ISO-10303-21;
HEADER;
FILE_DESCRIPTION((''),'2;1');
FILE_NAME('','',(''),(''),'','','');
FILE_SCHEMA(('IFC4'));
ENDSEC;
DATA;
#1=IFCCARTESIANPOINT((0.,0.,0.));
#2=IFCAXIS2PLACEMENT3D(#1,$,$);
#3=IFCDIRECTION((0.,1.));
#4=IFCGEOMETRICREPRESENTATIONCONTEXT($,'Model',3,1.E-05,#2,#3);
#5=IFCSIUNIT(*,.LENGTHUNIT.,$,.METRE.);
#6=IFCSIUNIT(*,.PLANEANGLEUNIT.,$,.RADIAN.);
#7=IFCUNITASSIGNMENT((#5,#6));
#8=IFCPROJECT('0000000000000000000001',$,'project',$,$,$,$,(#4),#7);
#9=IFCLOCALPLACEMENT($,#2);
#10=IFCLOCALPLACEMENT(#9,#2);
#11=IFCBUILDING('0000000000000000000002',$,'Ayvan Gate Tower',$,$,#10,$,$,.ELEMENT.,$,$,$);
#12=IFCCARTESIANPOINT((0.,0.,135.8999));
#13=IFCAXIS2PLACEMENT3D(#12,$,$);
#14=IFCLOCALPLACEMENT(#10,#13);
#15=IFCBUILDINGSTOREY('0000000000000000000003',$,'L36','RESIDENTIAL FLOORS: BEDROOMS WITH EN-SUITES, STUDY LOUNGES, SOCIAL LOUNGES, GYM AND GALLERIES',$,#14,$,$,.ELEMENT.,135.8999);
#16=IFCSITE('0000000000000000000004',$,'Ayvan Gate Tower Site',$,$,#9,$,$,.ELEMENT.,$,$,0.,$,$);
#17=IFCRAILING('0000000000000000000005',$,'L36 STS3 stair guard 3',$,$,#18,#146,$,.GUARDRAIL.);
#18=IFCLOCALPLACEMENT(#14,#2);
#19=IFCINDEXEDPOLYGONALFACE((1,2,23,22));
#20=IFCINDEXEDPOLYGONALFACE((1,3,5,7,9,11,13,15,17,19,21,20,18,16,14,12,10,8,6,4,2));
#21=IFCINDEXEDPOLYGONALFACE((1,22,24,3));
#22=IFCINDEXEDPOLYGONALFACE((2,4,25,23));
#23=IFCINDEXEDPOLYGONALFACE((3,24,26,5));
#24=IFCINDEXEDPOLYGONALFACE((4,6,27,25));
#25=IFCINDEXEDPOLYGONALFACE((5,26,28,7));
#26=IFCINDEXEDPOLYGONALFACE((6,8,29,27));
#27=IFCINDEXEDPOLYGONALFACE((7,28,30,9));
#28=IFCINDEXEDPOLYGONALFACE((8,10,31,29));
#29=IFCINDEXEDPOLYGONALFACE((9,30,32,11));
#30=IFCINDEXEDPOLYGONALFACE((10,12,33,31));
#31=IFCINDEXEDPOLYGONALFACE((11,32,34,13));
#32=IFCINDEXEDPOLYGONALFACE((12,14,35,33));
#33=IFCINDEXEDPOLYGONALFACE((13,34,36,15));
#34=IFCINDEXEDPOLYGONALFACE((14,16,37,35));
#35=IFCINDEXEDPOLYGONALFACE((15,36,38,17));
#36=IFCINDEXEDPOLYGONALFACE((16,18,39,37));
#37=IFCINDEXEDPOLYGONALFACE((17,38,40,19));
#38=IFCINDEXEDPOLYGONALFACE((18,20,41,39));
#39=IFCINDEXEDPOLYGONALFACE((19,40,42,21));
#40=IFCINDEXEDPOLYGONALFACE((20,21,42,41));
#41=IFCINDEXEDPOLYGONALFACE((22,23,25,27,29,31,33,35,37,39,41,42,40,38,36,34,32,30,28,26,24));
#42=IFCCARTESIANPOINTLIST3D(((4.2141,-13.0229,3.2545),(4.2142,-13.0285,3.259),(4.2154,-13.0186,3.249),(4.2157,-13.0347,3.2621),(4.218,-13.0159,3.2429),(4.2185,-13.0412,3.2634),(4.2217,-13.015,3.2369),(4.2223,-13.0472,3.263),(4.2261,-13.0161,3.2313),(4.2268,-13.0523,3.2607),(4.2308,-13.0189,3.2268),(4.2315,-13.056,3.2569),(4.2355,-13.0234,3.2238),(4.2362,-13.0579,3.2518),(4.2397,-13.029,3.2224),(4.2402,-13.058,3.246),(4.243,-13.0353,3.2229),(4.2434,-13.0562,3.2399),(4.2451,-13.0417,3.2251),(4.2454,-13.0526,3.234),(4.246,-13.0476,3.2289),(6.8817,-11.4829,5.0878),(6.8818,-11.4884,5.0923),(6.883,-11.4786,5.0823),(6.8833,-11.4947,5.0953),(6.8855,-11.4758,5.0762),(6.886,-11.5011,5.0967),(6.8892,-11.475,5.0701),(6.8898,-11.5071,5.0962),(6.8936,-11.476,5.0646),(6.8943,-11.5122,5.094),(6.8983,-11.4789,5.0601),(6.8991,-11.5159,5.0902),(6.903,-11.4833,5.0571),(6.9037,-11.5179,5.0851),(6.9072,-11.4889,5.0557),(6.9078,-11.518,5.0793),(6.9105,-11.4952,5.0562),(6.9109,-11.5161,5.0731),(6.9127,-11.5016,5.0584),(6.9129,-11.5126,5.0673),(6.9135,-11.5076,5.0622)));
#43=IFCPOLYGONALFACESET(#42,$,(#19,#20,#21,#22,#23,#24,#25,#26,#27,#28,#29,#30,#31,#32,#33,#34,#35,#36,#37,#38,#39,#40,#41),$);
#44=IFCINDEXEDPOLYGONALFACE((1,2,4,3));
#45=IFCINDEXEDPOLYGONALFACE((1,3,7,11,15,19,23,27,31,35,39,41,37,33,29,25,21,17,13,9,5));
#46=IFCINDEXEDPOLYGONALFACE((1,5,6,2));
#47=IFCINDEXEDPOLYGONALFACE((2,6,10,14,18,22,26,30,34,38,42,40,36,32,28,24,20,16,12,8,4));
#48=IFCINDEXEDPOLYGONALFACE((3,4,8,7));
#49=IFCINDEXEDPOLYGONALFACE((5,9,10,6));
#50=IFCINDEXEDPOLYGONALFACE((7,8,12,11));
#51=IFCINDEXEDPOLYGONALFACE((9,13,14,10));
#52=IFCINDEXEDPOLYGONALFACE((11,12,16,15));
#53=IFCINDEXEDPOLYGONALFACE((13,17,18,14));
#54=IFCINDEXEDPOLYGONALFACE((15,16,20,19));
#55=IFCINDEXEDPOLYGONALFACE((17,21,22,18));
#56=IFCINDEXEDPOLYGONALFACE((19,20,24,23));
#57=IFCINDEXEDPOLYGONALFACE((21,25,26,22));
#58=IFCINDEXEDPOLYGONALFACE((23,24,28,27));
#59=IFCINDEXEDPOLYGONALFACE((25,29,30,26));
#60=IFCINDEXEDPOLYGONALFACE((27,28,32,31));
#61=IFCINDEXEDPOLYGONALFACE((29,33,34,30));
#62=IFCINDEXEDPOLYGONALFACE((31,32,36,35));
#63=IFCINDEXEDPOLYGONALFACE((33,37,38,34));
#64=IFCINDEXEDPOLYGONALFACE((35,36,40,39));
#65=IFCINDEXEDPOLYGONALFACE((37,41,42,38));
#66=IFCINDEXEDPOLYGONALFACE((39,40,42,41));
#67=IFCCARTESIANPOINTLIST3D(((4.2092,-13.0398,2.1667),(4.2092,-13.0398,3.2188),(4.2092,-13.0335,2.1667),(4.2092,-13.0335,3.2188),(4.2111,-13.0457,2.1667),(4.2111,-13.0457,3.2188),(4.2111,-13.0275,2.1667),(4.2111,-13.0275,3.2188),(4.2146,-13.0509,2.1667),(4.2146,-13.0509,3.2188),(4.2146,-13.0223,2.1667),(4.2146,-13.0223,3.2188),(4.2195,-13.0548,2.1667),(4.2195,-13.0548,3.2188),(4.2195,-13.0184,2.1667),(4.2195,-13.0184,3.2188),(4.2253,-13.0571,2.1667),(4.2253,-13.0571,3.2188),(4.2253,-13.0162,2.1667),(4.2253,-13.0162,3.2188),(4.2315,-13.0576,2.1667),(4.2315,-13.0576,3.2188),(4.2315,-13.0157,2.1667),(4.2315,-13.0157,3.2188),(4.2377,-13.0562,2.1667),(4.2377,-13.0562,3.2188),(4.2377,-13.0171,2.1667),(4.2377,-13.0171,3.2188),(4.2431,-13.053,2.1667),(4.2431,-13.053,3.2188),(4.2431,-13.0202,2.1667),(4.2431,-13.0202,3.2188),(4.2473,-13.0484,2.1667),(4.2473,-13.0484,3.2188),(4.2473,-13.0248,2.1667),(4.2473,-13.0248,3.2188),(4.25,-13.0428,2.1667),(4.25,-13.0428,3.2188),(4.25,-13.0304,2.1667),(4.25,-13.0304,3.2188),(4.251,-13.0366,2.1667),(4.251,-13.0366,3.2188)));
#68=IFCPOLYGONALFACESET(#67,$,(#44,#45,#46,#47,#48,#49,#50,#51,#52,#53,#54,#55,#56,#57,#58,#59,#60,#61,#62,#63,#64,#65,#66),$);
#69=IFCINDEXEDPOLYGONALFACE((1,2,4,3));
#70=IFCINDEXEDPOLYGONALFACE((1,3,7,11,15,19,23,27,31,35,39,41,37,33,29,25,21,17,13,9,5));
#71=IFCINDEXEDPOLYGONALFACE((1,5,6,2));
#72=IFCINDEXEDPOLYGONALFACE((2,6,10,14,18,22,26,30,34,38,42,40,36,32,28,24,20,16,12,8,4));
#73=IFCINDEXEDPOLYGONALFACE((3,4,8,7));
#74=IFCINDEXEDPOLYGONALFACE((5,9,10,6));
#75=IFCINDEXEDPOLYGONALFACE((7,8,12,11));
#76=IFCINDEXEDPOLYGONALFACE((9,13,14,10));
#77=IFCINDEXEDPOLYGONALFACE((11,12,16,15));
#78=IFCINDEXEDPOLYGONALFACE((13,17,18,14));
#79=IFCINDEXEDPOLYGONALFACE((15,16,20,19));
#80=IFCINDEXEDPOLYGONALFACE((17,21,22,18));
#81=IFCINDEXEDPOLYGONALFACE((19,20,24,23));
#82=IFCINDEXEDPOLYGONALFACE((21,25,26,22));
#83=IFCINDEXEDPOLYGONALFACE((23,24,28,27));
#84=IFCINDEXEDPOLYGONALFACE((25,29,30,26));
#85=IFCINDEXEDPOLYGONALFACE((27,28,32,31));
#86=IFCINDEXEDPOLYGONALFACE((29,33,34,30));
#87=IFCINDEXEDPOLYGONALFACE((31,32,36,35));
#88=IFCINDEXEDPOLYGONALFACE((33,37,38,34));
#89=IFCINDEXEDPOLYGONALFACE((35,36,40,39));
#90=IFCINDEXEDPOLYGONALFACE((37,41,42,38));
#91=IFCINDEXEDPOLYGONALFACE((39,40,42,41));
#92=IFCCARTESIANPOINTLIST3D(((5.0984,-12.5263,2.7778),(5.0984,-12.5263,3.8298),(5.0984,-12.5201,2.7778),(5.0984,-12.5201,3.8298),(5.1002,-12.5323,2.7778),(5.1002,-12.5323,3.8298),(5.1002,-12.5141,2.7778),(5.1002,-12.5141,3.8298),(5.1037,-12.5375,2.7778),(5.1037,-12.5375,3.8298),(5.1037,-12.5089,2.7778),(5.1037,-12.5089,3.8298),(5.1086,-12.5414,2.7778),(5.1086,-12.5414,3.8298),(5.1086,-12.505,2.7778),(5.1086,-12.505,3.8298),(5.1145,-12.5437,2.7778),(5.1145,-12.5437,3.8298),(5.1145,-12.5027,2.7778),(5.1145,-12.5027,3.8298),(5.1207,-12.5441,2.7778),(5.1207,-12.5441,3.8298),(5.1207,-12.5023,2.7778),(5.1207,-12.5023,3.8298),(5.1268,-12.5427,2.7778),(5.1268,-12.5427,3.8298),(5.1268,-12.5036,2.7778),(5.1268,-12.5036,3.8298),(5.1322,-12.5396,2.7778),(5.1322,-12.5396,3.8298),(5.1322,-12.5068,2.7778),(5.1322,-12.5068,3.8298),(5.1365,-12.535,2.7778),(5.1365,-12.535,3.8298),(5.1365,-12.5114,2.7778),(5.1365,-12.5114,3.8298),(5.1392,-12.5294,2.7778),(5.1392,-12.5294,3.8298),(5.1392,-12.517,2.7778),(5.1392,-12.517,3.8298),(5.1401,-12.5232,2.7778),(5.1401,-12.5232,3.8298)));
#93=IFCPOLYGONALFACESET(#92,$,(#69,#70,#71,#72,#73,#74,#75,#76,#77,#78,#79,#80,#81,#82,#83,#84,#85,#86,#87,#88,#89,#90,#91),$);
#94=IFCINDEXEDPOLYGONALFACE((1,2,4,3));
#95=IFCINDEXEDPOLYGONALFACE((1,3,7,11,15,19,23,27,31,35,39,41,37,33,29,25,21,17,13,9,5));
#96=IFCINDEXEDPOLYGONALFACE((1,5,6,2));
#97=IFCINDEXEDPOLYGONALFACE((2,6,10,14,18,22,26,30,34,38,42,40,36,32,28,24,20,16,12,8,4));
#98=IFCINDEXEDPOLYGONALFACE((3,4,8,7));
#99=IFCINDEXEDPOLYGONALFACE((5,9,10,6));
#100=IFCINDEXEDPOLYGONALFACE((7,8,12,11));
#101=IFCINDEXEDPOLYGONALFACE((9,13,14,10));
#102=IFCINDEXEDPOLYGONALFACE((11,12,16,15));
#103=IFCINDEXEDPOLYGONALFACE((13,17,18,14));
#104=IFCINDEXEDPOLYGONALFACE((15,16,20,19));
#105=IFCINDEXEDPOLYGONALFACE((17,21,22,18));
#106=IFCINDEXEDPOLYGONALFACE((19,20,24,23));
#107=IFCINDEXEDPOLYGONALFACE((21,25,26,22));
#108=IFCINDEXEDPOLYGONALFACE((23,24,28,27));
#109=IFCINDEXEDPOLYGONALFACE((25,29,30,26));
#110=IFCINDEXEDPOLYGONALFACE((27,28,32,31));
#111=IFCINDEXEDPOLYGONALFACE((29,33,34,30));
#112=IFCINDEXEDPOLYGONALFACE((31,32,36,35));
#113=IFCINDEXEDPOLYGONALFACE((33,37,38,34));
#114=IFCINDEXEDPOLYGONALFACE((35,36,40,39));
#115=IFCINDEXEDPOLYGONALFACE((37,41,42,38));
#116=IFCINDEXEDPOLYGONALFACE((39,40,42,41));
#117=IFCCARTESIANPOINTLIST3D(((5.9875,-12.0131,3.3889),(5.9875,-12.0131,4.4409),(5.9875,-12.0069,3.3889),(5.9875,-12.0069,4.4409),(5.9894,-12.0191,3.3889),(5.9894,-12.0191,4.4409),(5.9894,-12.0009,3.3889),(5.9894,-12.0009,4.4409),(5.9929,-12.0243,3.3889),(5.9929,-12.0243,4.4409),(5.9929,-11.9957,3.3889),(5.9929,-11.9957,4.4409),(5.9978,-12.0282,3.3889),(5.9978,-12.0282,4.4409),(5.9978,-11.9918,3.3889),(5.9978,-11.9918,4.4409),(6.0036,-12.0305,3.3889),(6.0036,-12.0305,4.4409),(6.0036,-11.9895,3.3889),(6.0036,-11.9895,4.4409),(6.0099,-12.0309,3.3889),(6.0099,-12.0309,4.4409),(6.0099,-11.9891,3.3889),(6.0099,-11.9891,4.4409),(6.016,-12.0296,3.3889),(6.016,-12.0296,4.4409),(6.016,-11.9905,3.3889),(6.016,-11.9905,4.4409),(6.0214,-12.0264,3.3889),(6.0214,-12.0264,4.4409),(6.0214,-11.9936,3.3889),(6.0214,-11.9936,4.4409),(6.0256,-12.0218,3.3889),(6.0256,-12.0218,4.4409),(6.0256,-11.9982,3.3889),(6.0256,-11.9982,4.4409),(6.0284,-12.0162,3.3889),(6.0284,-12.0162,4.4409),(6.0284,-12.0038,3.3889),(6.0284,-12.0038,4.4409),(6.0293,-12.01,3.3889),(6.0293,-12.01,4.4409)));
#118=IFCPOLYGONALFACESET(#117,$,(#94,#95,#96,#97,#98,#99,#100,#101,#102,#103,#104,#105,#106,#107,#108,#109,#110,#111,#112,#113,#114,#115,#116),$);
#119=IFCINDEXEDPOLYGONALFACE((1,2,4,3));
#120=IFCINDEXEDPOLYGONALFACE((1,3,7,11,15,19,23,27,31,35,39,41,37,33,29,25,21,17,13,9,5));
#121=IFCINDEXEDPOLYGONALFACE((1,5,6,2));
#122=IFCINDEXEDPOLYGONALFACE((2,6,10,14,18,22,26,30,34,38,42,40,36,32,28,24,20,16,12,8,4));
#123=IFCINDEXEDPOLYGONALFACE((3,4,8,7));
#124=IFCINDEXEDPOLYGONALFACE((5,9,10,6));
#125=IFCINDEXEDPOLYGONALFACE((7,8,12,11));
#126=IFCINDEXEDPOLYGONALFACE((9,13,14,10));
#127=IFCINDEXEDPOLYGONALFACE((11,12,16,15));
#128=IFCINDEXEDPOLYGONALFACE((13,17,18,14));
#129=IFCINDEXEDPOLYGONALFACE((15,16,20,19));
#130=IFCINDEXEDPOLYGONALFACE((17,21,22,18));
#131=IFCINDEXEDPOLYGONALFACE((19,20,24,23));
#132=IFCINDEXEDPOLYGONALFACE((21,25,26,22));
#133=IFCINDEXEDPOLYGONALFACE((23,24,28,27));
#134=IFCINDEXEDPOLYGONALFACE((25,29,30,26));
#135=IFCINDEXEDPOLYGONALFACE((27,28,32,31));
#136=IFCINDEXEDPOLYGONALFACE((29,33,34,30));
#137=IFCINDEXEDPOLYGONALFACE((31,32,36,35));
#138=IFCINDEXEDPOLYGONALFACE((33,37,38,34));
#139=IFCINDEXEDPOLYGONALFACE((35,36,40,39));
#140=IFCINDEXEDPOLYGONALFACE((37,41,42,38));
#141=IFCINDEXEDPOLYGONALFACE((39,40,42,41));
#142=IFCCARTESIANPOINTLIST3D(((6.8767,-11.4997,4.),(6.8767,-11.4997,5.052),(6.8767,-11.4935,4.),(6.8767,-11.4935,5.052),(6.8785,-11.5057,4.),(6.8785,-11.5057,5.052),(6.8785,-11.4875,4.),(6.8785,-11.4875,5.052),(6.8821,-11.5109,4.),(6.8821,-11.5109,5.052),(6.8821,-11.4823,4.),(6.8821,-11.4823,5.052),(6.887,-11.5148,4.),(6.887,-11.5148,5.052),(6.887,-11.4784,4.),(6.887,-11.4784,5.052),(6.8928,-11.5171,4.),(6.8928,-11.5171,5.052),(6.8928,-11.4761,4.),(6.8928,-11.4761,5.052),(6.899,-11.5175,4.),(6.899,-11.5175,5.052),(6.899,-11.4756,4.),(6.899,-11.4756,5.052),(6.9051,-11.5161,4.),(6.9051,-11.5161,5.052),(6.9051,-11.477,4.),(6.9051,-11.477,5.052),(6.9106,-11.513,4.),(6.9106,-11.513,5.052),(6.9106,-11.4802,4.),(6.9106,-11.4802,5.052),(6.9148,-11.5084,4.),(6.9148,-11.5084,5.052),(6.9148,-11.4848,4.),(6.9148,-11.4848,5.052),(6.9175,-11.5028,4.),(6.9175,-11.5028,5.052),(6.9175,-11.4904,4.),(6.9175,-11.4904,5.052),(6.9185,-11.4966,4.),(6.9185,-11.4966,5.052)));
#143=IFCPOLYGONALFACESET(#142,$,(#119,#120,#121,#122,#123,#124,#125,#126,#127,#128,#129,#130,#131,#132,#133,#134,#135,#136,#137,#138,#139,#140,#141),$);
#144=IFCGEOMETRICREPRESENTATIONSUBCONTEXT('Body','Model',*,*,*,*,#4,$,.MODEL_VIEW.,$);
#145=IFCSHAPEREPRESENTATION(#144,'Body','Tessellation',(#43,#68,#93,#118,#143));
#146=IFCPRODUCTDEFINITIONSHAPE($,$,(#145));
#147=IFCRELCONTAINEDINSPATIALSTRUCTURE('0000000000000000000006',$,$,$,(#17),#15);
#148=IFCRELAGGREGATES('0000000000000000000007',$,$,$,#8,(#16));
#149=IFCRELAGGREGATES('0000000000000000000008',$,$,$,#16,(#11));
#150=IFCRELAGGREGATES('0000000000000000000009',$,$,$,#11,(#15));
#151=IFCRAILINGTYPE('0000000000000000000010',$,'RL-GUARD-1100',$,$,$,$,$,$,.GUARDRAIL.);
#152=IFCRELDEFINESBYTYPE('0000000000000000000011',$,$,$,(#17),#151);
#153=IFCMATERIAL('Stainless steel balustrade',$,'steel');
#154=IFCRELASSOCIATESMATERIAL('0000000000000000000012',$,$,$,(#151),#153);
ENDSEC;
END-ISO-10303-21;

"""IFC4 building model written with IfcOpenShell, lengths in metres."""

from ifc_helpers import new_model, si_unit, direction, frame, origin, origin_2d, place, context, subcontext, project, spatial, circle, extrude, material, type_object, element, save


model = new_model("IFC4")

# Units and contexts
model_context = context("Model", 3, precision=1e-05, world=origin(), true_north=direction((0.0, 1.0)))
body_context = subcontext(model_context, "Body", "Model", "MODEL_VIEW")
ifc_project = project(units=[si_unit("LENGTHUNIT", "METRE"), si_unit("PLANEANGLEUNIT", "RADIAN")], contexts=[model_context])

# Site, building, storey
site_placement = place(None, origin())
site = spatial("IfcSite", under=ifc_project, at=site_placement, Name="Ayvan Gate Tower Site", CompositionType="ELEMENT", RefElevation=0.0)
building_placement = place(site_placement, origin())
building = spatial("IfcBuilding", under=site, at=building_placement, Name="Ayvan Gate Tower", CompositionType="ELEMENT")
storey_placement = place(building_placement, frame((0.0, 0.0, 135.8999)))
storey = spatial("IfcBuildingStorey", under=building, at=storey_placement, Name="L36", Description="RESIDENTIAL FLOORS: BEDROOMS WITH EN-SUITES, STUDY LOUNGES, SOCIAL LOUNGES, GYM AND GALLERIES", CompositionType="ELEMENT", Elevation=135.8999)

# Railing
ifc_material_1 = material(Name="Stainless steel balustrade", Category="steel")
railing_type_1 = type_object("IfcRailingType", Name="RL-GUARD-1100", PredefinedType="GUARDRAIL", material=ifc_material_1)
railing_1_placement = place(storey_placement, frame((4.23, -13.0366, 2.1667)))
element("IfcRailing", 1, at=railing_1_placement, inside=storey, type_object=railing_type_1, Name="L36 STS3 stair guard 3", PredefinedType="GUARDRAIL", context=body_context, shape_type="SweptSolid", body=[
    extrude(circle(Radius=0.0239, at=origin_2d()), frame((0.0, 0.0, 1.0762), z_axis=(0.74419, 0.429649, 0.511452), x_axis=(-0.499992, 0.86603, 0.0)), (0.0, 0.0, 1.0), 3.5845),
    extrude(circle(Radius=0.021, at=origin_2d()), origin(), (0.0, 0.0, 1.0), 1.052),
    extrude(circle(Radius=0.021, at=origin_2d()), frame((0.8892, 0.5134, 0.6111)), (0.0, 0.0, 1.0), 1.052),
    extrude(circle(Radius=0.021, at=origin_2d()), frame((1.7783, 1.0266, 1.2222)), (0.0, 0.0, 1.0), 1.052),
    extrude(circle(Radius=0.021, at=origin_2d()), frame((2.6675, 1.54, 1.8333)), (0.0, 0.0, 1.0), 1.052),
])

save(model, "model.ifc")
